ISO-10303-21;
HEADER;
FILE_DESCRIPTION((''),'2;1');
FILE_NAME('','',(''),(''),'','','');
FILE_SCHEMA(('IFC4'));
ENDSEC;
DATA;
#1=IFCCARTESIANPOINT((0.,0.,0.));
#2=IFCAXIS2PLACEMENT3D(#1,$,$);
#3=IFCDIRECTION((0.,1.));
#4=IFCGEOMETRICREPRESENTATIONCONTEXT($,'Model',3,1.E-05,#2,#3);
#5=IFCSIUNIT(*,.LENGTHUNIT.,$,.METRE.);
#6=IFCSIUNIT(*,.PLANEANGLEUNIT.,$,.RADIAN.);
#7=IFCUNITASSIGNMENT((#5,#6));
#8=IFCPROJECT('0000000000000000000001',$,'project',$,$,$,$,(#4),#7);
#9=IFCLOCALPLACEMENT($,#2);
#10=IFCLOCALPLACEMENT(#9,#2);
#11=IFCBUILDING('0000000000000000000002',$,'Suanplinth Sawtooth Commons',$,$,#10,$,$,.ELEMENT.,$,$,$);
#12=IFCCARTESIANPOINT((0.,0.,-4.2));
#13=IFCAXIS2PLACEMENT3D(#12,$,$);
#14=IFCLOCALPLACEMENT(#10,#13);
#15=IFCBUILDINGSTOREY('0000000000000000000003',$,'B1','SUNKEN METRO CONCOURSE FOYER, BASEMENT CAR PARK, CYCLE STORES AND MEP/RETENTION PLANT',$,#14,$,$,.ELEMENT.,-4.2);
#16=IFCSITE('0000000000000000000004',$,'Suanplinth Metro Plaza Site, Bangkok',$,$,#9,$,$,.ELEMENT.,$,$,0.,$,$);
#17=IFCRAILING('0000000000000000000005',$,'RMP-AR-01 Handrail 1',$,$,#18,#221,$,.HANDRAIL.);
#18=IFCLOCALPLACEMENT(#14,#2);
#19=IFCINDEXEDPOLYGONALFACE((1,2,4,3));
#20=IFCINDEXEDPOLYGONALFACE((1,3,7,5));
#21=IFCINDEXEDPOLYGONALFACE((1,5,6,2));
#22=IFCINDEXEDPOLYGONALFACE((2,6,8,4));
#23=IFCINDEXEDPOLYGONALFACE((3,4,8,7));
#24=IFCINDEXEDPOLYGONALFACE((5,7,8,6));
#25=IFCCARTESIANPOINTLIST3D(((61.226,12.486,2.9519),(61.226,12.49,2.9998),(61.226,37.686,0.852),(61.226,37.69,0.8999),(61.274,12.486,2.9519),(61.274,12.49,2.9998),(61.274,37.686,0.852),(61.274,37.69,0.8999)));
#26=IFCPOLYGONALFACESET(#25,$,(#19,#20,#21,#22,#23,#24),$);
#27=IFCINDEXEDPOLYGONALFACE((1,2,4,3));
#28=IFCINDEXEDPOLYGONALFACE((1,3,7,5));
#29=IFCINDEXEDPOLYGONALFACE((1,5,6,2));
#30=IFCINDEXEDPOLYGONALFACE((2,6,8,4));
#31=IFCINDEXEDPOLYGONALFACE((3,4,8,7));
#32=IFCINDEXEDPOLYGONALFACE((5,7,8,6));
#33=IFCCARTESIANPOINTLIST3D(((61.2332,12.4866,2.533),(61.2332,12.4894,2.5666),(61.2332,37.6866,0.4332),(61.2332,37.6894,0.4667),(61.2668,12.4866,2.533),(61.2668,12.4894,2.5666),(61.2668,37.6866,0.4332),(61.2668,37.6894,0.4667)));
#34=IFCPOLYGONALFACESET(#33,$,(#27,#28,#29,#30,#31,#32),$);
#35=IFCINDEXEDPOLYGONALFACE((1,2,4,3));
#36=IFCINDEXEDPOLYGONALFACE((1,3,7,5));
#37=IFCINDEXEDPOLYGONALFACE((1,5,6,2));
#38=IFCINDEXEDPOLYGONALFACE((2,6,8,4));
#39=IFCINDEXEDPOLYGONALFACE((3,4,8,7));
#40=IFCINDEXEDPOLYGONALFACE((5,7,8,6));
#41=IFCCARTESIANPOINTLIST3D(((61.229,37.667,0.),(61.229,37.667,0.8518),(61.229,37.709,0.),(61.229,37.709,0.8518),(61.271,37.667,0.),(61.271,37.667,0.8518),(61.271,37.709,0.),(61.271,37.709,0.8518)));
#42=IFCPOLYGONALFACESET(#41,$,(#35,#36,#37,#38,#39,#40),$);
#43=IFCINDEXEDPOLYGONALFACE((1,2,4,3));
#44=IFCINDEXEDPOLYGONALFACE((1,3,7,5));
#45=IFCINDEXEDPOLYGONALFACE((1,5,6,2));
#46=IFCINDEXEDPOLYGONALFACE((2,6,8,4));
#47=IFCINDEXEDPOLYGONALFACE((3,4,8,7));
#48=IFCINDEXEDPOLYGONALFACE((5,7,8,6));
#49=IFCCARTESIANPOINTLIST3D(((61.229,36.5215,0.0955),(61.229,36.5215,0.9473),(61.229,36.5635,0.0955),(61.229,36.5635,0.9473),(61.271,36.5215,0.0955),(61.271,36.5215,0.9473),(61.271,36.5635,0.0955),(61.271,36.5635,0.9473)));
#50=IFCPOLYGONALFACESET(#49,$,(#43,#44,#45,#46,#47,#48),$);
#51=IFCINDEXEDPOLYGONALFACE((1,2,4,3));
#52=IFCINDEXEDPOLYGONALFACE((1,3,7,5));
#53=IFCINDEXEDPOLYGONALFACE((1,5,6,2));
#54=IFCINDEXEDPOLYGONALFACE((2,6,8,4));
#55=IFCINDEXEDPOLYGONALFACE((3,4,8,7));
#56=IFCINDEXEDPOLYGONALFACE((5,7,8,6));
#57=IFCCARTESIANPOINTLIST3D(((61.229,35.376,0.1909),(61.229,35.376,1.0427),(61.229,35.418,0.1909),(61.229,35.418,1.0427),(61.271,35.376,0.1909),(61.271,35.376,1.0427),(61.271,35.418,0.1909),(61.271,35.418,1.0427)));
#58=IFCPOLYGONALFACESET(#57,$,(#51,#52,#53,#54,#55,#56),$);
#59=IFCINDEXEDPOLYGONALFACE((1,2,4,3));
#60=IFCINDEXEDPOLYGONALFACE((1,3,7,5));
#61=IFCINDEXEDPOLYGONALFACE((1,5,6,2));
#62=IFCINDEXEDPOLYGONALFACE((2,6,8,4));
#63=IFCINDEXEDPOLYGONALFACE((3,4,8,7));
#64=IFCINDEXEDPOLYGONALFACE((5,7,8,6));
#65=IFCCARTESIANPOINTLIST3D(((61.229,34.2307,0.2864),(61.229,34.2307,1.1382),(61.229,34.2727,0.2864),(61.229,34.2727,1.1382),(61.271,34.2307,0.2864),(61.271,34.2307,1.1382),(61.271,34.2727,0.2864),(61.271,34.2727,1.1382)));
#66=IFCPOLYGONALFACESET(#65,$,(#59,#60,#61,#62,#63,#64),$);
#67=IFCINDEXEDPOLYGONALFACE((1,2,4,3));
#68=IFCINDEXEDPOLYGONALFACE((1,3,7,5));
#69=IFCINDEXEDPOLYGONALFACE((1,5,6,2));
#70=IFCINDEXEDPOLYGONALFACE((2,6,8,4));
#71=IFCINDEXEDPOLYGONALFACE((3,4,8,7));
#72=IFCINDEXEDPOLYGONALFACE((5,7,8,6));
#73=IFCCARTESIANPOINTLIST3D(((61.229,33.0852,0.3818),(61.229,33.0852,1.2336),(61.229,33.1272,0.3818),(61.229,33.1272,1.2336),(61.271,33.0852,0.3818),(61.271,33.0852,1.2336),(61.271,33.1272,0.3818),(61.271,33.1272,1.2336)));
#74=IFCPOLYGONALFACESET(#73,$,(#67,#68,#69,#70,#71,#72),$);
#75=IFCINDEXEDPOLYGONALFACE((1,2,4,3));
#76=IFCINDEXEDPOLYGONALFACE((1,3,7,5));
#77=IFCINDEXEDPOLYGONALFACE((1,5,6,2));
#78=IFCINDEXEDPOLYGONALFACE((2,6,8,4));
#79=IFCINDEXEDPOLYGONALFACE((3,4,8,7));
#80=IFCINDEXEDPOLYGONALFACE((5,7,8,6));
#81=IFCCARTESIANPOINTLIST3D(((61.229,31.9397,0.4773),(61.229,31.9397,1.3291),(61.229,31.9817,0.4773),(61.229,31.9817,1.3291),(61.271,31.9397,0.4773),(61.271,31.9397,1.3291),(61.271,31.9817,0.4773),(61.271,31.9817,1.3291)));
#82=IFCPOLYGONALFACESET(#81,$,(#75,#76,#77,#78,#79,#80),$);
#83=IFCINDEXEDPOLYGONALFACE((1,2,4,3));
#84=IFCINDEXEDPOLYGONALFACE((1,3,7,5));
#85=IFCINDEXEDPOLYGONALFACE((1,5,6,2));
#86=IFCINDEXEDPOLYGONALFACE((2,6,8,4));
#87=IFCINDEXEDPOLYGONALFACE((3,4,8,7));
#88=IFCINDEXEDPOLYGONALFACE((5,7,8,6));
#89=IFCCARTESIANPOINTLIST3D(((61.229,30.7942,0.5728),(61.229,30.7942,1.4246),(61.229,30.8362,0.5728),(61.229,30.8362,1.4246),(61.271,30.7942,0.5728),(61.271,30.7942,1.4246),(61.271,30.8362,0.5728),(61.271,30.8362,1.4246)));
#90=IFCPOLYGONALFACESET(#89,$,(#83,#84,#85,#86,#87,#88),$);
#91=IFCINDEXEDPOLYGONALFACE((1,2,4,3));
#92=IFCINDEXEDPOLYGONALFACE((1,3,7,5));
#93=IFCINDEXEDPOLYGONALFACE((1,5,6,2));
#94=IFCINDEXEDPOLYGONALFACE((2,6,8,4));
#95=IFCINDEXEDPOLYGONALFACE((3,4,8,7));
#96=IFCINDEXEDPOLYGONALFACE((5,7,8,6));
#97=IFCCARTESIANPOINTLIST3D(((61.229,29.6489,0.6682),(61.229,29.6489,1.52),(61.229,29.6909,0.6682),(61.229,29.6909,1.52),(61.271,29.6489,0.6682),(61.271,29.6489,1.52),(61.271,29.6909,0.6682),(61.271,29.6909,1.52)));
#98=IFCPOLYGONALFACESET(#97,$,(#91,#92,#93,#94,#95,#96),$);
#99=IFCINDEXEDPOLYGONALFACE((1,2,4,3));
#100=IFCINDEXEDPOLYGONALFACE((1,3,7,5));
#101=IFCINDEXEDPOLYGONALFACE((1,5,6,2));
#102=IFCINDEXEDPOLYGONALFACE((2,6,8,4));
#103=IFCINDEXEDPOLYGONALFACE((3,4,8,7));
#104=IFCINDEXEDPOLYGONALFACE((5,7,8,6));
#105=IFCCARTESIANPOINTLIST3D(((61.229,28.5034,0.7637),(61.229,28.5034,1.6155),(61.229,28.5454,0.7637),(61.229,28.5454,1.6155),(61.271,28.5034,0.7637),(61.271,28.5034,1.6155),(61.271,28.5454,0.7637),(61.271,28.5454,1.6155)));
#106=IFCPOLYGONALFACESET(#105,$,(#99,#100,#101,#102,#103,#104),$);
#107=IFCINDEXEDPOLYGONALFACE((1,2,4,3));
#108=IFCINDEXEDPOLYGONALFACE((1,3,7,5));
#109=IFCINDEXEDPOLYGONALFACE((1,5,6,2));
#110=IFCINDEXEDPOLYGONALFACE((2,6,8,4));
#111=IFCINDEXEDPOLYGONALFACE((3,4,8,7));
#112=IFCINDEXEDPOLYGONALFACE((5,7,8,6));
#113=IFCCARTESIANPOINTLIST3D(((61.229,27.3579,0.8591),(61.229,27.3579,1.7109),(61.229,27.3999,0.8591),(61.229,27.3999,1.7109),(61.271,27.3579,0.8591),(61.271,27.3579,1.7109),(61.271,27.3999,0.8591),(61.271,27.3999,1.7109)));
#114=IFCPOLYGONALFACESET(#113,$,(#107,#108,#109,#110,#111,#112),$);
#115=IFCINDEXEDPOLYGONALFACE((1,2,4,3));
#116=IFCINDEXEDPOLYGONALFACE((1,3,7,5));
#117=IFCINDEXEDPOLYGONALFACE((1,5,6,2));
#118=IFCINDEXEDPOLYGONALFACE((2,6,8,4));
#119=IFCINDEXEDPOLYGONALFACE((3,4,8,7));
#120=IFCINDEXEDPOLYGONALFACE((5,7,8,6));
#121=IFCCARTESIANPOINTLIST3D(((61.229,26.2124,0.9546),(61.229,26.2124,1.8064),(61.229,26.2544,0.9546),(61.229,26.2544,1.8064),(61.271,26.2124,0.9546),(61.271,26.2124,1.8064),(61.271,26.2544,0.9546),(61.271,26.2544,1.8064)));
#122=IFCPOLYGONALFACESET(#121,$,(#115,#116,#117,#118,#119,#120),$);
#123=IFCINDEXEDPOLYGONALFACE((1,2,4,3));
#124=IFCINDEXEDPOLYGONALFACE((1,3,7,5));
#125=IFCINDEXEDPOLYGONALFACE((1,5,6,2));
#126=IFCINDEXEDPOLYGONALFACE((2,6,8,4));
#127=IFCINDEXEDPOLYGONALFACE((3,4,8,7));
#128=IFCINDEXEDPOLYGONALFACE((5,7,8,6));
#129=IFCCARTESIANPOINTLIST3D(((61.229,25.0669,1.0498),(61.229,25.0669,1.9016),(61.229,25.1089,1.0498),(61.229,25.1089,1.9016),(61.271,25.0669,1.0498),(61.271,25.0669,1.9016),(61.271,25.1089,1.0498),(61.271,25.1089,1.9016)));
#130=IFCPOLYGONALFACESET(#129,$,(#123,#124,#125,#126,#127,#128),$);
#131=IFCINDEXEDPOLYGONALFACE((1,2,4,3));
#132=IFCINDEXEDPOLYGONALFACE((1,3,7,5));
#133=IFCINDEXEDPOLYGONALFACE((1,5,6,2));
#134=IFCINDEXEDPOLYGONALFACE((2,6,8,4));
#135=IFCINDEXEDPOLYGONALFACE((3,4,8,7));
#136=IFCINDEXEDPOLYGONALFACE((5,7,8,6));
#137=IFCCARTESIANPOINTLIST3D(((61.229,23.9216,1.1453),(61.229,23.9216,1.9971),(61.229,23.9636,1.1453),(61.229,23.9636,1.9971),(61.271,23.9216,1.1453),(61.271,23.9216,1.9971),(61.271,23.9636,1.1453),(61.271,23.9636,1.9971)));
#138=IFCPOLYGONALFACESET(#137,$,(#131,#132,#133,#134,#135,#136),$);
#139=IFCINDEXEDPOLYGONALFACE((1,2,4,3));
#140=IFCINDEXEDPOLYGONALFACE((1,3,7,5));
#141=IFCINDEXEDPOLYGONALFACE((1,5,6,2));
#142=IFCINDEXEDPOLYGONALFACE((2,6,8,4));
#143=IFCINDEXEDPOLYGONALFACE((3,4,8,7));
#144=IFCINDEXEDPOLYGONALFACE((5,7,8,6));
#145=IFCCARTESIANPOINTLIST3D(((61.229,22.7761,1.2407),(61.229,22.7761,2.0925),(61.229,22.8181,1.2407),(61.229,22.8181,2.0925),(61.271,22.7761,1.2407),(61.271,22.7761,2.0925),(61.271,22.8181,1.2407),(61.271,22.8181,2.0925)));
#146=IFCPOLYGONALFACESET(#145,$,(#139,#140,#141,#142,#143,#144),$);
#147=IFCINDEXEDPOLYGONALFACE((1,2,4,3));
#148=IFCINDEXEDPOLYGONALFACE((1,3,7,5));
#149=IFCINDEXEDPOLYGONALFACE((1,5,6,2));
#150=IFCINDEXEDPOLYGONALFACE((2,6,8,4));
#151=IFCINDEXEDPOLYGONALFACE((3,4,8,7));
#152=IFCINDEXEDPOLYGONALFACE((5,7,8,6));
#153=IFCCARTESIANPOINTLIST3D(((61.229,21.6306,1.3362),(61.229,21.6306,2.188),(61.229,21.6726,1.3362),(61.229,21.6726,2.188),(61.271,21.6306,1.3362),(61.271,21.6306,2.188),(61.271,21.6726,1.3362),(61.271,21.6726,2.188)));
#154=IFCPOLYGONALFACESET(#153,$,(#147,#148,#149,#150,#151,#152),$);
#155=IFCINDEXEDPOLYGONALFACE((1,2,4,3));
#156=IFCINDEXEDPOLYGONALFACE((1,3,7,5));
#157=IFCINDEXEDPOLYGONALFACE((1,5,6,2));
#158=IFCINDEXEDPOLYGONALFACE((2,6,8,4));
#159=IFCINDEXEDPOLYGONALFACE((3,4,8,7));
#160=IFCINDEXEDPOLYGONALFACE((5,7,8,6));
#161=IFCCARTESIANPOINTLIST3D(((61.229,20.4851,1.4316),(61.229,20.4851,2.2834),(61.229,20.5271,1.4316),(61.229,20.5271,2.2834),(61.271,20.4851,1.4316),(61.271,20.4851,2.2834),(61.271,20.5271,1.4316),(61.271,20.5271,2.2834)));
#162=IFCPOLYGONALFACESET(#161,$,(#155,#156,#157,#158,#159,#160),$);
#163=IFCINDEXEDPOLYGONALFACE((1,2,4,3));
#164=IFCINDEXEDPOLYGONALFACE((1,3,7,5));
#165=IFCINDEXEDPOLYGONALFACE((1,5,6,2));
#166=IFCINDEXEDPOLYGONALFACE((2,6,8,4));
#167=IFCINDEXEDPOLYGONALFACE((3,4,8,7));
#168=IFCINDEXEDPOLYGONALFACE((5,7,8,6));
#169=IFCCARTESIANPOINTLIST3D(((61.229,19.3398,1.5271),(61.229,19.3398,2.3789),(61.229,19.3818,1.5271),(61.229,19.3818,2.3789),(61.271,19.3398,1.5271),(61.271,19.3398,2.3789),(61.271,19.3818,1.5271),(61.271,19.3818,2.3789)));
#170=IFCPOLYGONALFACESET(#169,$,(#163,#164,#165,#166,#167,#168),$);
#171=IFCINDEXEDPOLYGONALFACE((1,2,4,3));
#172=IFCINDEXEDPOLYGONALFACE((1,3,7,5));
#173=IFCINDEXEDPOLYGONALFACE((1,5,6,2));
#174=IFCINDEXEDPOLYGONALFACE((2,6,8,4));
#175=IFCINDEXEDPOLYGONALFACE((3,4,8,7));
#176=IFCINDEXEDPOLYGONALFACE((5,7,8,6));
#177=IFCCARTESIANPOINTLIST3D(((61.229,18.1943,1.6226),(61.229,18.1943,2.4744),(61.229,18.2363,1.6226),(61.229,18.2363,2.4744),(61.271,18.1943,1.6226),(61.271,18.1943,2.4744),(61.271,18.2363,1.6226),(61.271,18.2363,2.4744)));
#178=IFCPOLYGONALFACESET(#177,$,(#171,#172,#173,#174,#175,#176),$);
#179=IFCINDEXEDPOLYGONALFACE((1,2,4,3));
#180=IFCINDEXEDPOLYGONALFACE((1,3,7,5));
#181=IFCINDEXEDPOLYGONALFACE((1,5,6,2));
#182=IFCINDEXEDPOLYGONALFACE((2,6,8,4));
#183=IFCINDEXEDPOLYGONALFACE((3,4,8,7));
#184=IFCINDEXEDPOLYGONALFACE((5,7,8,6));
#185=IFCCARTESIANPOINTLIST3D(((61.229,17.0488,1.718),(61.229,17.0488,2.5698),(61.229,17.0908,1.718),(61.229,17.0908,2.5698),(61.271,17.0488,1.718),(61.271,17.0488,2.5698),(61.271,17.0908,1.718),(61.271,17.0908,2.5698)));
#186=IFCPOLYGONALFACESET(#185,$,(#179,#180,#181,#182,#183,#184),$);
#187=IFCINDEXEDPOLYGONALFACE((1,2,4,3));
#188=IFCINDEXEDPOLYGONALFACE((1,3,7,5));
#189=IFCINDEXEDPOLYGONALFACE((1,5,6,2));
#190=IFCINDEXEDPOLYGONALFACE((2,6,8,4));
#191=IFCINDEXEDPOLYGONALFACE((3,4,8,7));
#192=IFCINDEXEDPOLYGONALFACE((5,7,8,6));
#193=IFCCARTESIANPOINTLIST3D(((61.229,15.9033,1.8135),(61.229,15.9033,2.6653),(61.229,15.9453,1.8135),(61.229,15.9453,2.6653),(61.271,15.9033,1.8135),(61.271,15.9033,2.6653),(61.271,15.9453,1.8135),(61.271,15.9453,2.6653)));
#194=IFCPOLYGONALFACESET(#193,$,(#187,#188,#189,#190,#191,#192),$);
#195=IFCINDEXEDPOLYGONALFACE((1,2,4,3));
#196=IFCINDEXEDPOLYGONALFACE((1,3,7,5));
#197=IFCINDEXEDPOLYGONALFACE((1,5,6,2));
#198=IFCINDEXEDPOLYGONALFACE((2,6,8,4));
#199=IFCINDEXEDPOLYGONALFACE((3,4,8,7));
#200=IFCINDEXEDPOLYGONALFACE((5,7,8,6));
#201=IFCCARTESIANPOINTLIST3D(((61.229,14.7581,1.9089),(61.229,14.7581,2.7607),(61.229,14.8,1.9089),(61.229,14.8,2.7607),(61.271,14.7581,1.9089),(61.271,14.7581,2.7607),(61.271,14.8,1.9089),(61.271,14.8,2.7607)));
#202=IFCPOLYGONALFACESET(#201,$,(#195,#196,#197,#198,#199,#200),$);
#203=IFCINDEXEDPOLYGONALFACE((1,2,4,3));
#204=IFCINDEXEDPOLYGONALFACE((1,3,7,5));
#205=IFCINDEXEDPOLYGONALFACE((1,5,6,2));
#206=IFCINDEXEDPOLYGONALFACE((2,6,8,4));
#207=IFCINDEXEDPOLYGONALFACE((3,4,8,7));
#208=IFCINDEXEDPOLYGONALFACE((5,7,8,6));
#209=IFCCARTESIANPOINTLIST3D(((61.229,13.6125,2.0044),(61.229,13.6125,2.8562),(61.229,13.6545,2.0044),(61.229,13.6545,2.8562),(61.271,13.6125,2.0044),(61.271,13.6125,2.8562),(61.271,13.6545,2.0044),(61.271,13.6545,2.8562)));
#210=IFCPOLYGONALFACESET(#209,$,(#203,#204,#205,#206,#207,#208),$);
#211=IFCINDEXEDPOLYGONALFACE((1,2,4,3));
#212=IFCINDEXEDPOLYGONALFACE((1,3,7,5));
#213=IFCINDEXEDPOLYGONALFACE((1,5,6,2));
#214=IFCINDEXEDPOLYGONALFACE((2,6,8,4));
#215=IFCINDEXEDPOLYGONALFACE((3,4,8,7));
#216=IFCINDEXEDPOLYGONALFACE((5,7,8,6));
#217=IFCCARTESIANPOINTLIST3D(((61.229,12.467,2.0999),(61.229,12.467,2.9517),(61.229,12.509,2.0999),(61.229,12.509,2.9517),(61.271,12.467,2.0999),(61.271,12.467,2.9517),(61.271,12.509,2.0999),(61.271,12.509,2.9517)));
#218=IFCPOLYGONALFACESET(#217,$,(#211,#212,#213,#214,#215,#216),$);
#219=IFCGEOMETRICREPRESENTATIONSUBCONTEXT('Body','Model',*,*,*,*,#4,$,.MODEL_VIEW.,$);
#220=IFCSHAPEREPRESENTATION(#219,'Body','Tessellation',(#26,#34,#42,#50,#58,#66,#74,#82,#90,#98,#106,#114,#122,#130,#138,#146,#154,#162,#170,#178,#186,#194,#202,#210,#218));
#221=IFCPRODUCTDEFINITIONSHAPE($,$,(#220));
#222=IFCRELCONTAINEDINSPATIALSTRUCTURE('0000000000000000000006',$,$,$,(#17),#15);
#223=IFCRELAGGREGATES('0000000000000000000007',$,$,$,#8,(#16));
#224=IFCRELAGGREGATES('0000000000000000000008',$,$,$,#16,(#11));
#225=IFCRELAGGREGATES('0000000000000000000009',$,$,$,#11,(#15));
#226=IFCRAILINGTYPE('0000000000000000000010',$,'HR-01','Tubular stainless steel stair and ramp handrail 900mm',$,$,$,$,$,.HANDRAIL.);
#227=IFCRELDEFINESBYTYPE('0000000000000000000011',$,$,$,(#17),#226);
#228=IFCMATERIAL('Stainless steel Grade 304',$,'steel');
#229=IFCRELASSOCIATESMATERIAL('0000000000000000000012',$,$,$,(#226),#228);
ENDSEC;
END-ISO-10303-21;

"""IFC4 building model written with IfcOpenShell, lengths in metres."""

from ifc_helpers import new_model, si_unit, direction, frame, origin, origin_2d, place, context, subcontext, project, spatial, rectangle, extrude, material, type_object, element, save


model = new_model("IFC4")

# Units and contexts
model_context = context("Model", 3, precision=1e-05, world=origin(), true_north=direction((0.0, 1.0)))
body_context = subcontext(model_context, "Body", "Model", "MODEL_VIEW")
ifc_project = project(units=[si_unit("LENGTHUNIT", "METRE"), si_unit("PLANEANGLEUNIT", "RADIAN")], contexts=[model_context])

# Site, building, storey
site_placement = place(None, origin())
site = spatial("IfcSite", under=ifc_project, at=site_placement, Name="Suanplinth Metro Plaza Site, Bangkok", CompositionType="ELEMENT", RefElevation=0.0)
building_placement = place(site_placement, origin())
building = spatial("IfcBuilding", under=site, at=building_placement, Name="Suanplinth Sawtooth Commons", CompositionType="ELEMENT")
storey_placement = place(building_placement, frame((0.0, 0.0, -4.2)))
storey = spatial("IfcBuildingStorey", under=building, at=storey_placement, Name="B1", Description="SUNKEN METRO CONCOURSE FOYER, BASEMENT CAR PARK, CYCLE STORES AND MEP/RETENTION PLANT", CompositionType="ELEMENT", Elevation=-4.2)

# Railing
ifc_material_1 = material(Name="Stainless steel Grade 304", Category="steel")
railing_type_1 = type_object("IfcRailingType", Name="HR-01", Description="Tubular stainless steel stair and ramp handrail 900mm", PredefinedType="HANDRAIL", material=ifc_material_1)
railing_1_placement = place(storey_placement, frame((61.25, 37.688, 0.0)))
element("IfcRailing", 1, at=railing_1_placement, inside=storey, type_object=railing_type_1, Name="RMP-AR-01 Handrail 1", PredefinedType="HANDRAIL", context=body_context, shape_type="SweptSolid", body=[
    extrude(rectangle(XDim=0.0481, YDim=0.0481, at=origin_2d()), frame((0.0, 0.0, 0.876), z_axis=(0.0, -0.996546, 0.08304), x_axis=(1.0, 0.0, 0.0)), (0.0, 0.0, 1.0), 25.2874),
    extrude(rectangle(XDim=0.0337, YDim=0.0337, at=origin_2d()), frame((0.0, 0.0, 0.45), z_axis=(0.0, -0.996546, 0.08304), x_axis=(1.0, 0.0, 0.0)), (0.0, 0.0, 1.0), 25.2874),
    extrude(rectangle(XDim=0.042, YDim=0.042, at=origin_2d()), origin(), (0.0, 0.0, 1.0), 0.8518),
    extrude(rectangle(XDim=0.042, YDim=0.042, at=origin_2d()), frame((0.0, -1.1455, 0.0955)), (0.0, 0.0, 1.0), 0.8518),
    extrude(rectangle(XDim=0.042, YDim=0.042, at=origin_2d()), frame((0.0, -2.291, 0.1909)), (0.0, 0.0, 1.0), 0.8518),
    extrude(rectangle(XDim=0.042, YDim=0.042, at=origin_2d()), frame((0.0, -3.4363, 0.2864)), (0.0, 0.0, 1.0), 0.8518),
    extrude(rectangle(XDim=0.042, YDim=0.042, at=origin_2d()), frame((0.0, -4.5818, 0.3818)), (0.0, 0.0, 1.0), 0.8518),
    extrude(rectangle(XDim=0.042, YDim=0.042, at=origin_2d()), frame((0.0, -5.7273, 0.4773)), (0.0, 0.0, 1.0), 0.8518),
    extrude(rectangle(XDim=0.042, YDim=0.042, at=origin_2d()), frame((0.0, -6.8728, 0.5728)), (0.0, 0.0, 1.0), 0.8518),
    extrude(rectangle(XDim=0.042, YDim=0.042, at=origin_2d()), frame((0.0, -8.0181, 0.6682)), (0.0, 0.0, 1.0), 0.8518),
    extrude(rectangle(XDim=0.042, YDim=0.042, at=origin_2d()), frame((0.0, -9.1636, 0.7637)), (0.0, 0.0, 1.0), 0.8518),
    extrude(rectangle(XDim=0.042, YDim=0.042, at=origin_2d()), frame((0.0, -10.3091, 0.8591)), (0.0, 0.0, 1.0), 0.8518),
    extrude(rectangle(XDim=0.042, YDim=0.042, at=origin_2d()), frame((0.0, -11.4546, 0.9546)), (0.0, 0.0, 1.0), 0.8518),
    extrude(rectangle(XDim=0.042, YDim=0.042, at=origin_2d()), frame((0.0, -12.6001, 1.0498)), (0.0, 0.0, 1.0), 0.8518),
    extrude(rectangle(XDim=0.042, YDim=0.042, at=origin_2d()), frame((0.0, -13.7454, 1.1453)), (0.0, 0.0, 1.0), 0.8518),
    extrude(rectangle(XDim=0.042, YDim=0.042, at=origin_2d()), frame((0.0, -14.8909, 1.2407)), (0.0, 0.0, 1.0), 0.8518),
    extrude(rectangle(XDim=0.042, YDim=0.042, at=origin_2d()), frame((0.0, -16.0364, 1.3362)), (0.0, 0.0, 1.0), 0.8518),
    extrude(rectangle(XDim=0.042, YDim=0.042, at=origin_2d()), frame((0.0, -17.1819, 1.4316)), (0.0, 0.0, 1.0), 0.8518),
    extrude(rectangle(XDim=0.042, YDim=0.042, at=origin_2d()), frame((0.0, -18.3271, 1.5271)), (0.0, 0.0, 1.0), 0.8518),
    extrude(rectangle(XDim=0.042, YDim=0.042, at=origin_2d()), frame((0.0, -19.4727, 1.6226)), (0.0, 0.0, 1.0), 0.8518),
    extrude(rectangle(XDim=0.042, YDim=0.042, at=origin_2d()), frame((0.0, -20.6182, 1.718)), (0.0, 0.0, 1.0), 0.8518),
    extrude(rectangle(XDim=0.042, YDim=0.042, at=origin_2d()), frame((0.0, -21.7637, 1.8135)), (0.0, 0.0, 1.0), 0.8518),
    extrude(rectangle(XDim=0.042, YDim=0.042, at=origin_2d()), frame((0.0, -22.9089, 1.9089)), (0.0, 0.0, 1.0), 0.8518),
    extrude(rectangle(XDim=0.042, YDim=0.042, at=origin_2d()), frame((0.0, -24.0544, 2.0044)), (0.0, 0.0, 1.0), 0.8518),
    extrude(rectangle(XDim=0.042, YDim=0.042, at=origin_2d()), frame((0.0, -25.2, 2.0999)), (0.0, 0.0, 1.0), 0.8518),
])

save(model, "model.ifc")
